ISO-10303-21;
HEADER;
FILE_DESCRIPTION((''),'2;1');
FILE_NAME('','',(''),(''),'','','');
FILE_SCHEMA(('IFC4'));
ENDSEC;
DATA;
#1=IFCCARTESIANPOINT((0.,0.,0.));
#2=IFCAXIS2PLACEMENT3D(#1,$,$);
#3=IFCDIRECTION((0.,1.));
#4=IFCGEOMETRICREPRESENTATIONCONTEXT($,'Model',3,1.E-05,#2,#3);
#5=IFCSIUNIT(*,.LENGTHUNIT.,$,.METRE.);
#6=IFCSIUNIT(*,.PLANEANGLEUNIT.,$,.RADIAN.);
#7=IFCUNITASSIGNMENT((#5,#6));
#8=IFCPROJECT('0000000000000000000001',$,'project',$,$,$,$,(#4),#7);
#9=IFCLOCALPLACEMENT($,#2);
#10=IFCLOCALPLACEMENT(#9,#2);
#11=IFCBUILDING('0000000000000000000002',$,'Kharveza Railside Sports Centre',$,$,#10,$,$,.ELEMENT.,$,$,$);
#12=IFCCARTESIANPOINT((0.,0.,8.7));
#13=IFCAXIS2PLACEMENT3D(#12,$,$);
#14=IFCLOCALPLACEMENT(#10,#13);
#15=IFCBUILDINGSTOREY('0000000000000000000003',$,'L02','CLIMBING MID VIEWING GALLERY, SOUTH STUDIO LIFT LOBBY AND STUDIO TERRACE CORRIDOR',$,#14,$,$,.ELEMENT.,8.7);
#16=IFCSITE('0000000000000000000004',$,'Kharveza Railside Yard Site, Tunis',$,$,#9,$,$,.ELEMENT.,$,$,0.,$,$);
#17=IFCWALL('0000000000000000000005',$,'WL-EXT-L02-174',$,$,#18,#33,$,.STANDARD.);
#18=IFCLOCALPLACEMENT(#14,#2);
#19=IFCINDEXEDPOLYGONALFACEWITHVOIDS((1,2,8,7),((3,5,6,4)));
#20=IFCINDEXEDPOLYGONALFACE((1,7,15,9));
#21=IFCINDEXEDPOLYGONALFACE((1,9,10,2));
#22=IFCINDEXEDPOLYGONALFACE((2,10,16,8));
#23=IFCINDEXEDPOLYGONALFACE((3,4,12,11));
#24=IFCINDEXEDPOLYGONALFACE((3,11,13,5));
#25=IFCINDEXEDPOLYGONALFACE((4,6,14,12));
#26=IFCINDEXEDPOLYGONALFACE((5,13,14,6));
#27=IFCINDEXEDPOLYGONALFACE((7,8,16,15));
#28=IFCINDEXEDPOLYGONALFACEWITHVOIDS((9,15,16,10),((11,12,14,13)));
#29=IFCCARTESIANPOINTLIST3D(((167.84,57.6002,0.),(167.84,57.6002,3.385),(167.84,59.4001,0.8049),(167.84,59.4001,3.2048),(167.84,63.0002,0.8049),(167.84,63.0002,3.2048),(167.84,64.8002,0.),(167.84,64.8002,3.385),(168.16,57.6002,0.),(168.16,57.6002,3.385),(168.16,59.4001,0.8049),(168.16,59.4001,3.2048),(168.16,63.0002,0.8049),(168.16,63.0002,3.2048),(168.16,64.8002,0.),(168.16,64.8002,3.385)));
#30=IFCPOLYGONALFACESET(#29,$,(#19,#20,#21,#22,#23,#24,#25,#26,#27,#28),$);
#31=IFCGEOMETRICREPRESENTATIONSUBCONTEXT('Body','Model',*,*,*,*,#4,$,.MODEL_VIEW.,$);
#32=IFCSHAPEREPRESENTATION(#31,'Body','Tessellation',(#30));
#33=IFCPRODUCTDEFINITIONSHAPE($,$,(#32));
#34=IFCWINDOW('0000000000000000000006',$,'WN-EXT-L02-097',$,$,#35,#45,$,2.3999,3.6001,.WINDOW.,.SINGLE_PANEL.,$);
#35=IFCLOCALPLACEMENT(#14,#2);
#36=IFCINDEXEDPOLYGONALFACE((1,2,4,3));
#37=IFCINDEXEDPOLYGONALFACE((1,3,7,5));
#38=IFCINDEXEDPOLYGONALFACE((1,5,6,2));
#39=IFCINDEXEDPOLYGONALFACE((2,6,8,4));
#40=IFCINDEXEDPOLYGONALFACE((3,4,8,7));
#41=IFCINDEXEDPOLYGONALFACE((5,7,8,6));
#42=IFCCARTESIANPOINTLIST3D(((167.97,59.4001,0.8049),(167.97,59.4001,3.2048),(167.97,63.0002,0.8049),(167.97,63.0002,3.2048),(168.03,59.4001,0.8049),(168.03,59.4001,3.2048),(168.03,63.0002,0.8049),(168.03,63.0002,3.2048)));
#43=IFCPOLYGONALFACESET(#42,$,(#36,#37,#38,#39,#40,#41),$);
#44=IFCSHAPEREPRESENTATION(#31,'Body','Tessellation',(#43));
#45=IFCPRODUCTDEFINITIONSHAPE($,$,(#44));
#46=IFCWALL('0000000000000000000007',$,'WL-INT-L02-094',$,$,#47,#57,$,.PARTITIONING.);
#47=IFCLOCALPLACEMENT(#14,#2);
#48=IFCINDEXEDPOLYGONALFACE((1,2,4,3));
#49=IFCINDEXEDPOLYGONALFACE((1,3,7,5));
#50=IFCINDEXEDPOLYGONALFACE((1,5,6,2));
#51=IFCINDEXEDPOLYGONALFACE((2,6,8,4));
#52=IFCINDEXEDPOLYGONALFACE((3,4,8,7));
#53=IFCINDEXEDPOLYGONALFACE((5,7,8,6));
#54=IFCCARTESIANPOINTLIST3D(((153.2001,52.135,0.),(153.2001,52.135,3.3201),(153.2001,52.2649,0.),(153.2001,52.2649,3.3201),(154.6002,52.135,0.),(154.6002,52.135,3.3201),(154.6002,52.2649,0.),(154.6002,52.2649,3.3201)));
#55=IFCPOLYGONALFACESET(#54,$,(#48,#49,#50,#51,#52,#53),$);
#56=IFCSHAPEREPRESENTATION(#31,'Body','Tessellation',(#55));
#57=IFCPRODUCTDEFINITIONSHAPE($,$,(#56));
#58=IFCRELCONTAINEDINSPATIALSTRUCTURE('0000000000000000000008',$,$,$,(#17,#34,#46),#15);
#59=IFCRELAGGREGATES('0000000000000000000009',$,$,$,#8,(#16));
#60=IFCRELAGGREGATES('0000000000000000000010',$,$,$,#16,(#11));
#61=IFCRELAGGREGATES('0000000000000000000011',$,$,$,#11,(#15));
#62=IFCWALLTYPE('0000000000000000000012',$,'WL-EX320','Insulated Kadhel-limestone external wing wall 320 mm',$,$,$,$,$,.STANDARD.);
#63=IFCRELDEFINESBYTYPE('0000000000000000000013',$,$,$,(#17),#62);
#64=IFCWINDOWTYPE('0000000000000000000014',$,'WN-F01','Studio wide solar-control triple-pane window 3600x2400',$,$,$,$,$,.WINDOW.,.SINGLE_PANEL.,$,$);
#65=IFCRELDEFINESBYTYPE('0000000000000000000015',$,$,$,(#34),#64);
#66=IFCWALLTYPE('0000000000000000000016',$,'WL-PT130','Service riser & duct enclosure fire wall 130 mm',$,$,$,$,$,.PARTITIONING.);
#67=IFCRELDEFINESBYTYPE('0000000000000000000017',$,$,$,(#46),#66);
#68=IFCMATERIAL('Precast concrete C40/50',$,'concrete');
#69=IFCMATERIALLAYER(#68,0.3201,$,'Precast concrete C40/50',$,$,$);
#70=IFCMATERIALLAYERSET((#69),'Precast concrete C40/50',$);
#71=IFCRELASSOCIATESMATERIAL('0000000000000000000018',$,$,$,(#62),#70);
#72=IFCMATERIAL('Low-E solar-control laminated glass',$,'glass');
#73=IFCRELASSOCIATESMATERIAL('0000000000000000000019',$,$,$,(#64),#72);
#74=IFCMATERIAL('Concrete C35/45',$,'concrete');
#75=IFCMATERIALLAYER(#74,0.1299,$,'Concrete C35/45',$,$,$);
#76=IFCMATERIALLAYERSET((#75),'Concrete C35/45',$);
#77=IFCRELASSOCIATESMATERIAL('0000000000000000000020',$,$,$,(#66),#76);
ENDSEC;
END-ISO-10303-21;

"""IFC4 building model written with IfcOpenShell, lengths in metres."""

from ifc_helpers import new_model, si_unit, direction, frame, frame_2d, origin, place, context, subcontext, project, spatial, rectangle, extrude, material, layer, layer_set, type_object, element, fill, save


model = new_model("IFC4")

# Units and contexts
model_context = context("Model", 3, precision=1e-05, world=origin(), true_north=direction((0.0, 1.0)))
body_context = subcontext(model_context, "Body", "Model", "MODEL_VIEW")
ifc_project = project(units=[si_unit("LENGTHUNIT", "METRE"), si_unit("PLANEANGLEUNIT", "RADIAN")], contexts=[model_context])

# Site, building, storey
site_placement = place(None, origin())
site = spatial("IfcSite", under=ifc_project, at=site_placement, Name="Kharveza Railside Yard Site, Tunis", CompositionType="ELEMENT", RefElevation=0.0)
building_placement = place(site_placement, origin())
building = spatial("IfcBuilding", under=site, at=building_placement, Name="Kharveza Railside Sports Centre", CompositionType="ELEMENT")
storey_placement = place(building_placement, frame((0.0, 0.0, 8.7)))
storey = spatial("IfcBuildingStorey", under=building, at=storey_placement, Name="L02", Description="CLIMBING MID VIEWING GALLERY, SOUTH STUDIO LIFT LOBBY AND STUDIO TERRACE CORRIDOR", CompositionType="ELEMENT", Elevation=8.7)

# Shared definitions
ifc_material_1 = material(Name="Low-E solar-control laminated glass", Category="glass")

# Shared definitions
ifc_material_2 = material(Name="Concrete C35/45", Category="concrete")

# Wall, opening, window
ifc_material_3 = material(Name="Precast concrete C40/50", Category="concrete")
ifc_layer_1 = layer(ifc_material_3, 0.3201, Name="Precast concrete C40/50")
ifc_layer_set_1 = layer_set([ifc_layer_1], Name="Precast concrete C40/50")
wall_type_1 = type_object("IfcWallType", Name="WL-EX320", Description="Insulated Kadhel-limestone external wing wall 320 mm", PredefinedType="STANDARD", material=ifc_layer_set_1)
wall_1_placement = place(storey_placement, frame((168.0, 57.6001, 0.0), z_axis=(0.0, 0.0, 1.0), x_axis=(0.0, 1.0, 0.0)))
wall_1 = element("IfcWall", 1, at=wall_1_placement, inside=storey, type_object=wall_type_1, Name="WL-EXT-L02-174", PredefinedType="STANDARD", context=body_context, shape_type="SweptSolid", body=[
    extrude(rectangle(XDim=7.2, YDim=0.3201, at=frame_2d((3.6001, 0.0))), origin(), (0.0, 0.0, 1.0), 3.385),
])
opening_placement = place(wall_1_placement, frame((1.8, 0.0, 0.8049)))
opening = element("IfcOpeningElement", 2, at=opening_placement, cuts=wall_1, PredefinedType="OPENING", context=body_context, shape_type="SweptSolid", body=[
    extrude(rectangle(XDim=3.6001, YDim=2.3999, at=frame_2d((1.8, 1.2))), frame((0.0, 0.1851, 0.0), z_axis=(0.0, -1.0, 0.0), x_axis=(1.0, 0.0, 0.0)), (0.0, 0.0, 1.0), 0.3699),
])
window_type = type_object("IfcWindowType", Name="WN-F01", Description="Studio wide solar-control triple-pane window 3600x2400", PartitioningType="SINGLE_PANEL", PredefinedType="WINDOW", material=ifc_material_1)
window_placement = place(opening_placement, origin())
window = element("IfcWindow", 3, at=window_placement, inside=storey, type_object=window_type, Name="WN-EXT-L02-097", OverallHeight=2.3999, OverallWidth=3.6001, PartitioningType="SINGLE_PANEL", PredefinedType="WINDOW", context=body_context, shape_type="SweptSolid", body=[
    extrude(rectangle(XDim=3.6001, YDim=2.3999, at=frame_2d((1.8, 1.2))), frame((0.0, 0.03, 0.0), z_axis=(0.0, -1.0, 0.0), x_axis=(1.0, 0.0, 0.0)), (0.0, 0.0, 1.0), 0.0601),
])
fill(opening, window)

# Wall
ifc_layer_2 = layer(ifc_material_2, 0.1299, Name="Concrete C35/45")
ifc_layer_set_2 = layer_set([ifc_layer_2], Name="Concrete C35/45")
wall_type_2 = type_object("IfcWallType", Name="WL-PT130", Description="Service riser & duct enclosure fire wall 130 mm", PredefinedType="PARTITIONING", material=ifc_layer_set_2)
wall_2_placement = place(storey_placement, frame((153.2, 52.2, 0.0), z_axis=(0.0, 0.0, 1.0), x_axis=(1.0, 0.0, 0.0)))
element("IfcWall", 4, at=wall_2_placement, inside=storey, type_object=wall_type_2, Name="WL-INT-L02-094", PredefinedType="PARTITIONING", context=body_context, shape_type="SweptSolid", body=[
    extrude(rectangle(XDim=1.4001, YDim=0.1299, at=frame_2d((0.7002, 0.0))), origin(), (0.0, 0.0, 1.0), 3.3201),
])

save(model, "model.ifc")
